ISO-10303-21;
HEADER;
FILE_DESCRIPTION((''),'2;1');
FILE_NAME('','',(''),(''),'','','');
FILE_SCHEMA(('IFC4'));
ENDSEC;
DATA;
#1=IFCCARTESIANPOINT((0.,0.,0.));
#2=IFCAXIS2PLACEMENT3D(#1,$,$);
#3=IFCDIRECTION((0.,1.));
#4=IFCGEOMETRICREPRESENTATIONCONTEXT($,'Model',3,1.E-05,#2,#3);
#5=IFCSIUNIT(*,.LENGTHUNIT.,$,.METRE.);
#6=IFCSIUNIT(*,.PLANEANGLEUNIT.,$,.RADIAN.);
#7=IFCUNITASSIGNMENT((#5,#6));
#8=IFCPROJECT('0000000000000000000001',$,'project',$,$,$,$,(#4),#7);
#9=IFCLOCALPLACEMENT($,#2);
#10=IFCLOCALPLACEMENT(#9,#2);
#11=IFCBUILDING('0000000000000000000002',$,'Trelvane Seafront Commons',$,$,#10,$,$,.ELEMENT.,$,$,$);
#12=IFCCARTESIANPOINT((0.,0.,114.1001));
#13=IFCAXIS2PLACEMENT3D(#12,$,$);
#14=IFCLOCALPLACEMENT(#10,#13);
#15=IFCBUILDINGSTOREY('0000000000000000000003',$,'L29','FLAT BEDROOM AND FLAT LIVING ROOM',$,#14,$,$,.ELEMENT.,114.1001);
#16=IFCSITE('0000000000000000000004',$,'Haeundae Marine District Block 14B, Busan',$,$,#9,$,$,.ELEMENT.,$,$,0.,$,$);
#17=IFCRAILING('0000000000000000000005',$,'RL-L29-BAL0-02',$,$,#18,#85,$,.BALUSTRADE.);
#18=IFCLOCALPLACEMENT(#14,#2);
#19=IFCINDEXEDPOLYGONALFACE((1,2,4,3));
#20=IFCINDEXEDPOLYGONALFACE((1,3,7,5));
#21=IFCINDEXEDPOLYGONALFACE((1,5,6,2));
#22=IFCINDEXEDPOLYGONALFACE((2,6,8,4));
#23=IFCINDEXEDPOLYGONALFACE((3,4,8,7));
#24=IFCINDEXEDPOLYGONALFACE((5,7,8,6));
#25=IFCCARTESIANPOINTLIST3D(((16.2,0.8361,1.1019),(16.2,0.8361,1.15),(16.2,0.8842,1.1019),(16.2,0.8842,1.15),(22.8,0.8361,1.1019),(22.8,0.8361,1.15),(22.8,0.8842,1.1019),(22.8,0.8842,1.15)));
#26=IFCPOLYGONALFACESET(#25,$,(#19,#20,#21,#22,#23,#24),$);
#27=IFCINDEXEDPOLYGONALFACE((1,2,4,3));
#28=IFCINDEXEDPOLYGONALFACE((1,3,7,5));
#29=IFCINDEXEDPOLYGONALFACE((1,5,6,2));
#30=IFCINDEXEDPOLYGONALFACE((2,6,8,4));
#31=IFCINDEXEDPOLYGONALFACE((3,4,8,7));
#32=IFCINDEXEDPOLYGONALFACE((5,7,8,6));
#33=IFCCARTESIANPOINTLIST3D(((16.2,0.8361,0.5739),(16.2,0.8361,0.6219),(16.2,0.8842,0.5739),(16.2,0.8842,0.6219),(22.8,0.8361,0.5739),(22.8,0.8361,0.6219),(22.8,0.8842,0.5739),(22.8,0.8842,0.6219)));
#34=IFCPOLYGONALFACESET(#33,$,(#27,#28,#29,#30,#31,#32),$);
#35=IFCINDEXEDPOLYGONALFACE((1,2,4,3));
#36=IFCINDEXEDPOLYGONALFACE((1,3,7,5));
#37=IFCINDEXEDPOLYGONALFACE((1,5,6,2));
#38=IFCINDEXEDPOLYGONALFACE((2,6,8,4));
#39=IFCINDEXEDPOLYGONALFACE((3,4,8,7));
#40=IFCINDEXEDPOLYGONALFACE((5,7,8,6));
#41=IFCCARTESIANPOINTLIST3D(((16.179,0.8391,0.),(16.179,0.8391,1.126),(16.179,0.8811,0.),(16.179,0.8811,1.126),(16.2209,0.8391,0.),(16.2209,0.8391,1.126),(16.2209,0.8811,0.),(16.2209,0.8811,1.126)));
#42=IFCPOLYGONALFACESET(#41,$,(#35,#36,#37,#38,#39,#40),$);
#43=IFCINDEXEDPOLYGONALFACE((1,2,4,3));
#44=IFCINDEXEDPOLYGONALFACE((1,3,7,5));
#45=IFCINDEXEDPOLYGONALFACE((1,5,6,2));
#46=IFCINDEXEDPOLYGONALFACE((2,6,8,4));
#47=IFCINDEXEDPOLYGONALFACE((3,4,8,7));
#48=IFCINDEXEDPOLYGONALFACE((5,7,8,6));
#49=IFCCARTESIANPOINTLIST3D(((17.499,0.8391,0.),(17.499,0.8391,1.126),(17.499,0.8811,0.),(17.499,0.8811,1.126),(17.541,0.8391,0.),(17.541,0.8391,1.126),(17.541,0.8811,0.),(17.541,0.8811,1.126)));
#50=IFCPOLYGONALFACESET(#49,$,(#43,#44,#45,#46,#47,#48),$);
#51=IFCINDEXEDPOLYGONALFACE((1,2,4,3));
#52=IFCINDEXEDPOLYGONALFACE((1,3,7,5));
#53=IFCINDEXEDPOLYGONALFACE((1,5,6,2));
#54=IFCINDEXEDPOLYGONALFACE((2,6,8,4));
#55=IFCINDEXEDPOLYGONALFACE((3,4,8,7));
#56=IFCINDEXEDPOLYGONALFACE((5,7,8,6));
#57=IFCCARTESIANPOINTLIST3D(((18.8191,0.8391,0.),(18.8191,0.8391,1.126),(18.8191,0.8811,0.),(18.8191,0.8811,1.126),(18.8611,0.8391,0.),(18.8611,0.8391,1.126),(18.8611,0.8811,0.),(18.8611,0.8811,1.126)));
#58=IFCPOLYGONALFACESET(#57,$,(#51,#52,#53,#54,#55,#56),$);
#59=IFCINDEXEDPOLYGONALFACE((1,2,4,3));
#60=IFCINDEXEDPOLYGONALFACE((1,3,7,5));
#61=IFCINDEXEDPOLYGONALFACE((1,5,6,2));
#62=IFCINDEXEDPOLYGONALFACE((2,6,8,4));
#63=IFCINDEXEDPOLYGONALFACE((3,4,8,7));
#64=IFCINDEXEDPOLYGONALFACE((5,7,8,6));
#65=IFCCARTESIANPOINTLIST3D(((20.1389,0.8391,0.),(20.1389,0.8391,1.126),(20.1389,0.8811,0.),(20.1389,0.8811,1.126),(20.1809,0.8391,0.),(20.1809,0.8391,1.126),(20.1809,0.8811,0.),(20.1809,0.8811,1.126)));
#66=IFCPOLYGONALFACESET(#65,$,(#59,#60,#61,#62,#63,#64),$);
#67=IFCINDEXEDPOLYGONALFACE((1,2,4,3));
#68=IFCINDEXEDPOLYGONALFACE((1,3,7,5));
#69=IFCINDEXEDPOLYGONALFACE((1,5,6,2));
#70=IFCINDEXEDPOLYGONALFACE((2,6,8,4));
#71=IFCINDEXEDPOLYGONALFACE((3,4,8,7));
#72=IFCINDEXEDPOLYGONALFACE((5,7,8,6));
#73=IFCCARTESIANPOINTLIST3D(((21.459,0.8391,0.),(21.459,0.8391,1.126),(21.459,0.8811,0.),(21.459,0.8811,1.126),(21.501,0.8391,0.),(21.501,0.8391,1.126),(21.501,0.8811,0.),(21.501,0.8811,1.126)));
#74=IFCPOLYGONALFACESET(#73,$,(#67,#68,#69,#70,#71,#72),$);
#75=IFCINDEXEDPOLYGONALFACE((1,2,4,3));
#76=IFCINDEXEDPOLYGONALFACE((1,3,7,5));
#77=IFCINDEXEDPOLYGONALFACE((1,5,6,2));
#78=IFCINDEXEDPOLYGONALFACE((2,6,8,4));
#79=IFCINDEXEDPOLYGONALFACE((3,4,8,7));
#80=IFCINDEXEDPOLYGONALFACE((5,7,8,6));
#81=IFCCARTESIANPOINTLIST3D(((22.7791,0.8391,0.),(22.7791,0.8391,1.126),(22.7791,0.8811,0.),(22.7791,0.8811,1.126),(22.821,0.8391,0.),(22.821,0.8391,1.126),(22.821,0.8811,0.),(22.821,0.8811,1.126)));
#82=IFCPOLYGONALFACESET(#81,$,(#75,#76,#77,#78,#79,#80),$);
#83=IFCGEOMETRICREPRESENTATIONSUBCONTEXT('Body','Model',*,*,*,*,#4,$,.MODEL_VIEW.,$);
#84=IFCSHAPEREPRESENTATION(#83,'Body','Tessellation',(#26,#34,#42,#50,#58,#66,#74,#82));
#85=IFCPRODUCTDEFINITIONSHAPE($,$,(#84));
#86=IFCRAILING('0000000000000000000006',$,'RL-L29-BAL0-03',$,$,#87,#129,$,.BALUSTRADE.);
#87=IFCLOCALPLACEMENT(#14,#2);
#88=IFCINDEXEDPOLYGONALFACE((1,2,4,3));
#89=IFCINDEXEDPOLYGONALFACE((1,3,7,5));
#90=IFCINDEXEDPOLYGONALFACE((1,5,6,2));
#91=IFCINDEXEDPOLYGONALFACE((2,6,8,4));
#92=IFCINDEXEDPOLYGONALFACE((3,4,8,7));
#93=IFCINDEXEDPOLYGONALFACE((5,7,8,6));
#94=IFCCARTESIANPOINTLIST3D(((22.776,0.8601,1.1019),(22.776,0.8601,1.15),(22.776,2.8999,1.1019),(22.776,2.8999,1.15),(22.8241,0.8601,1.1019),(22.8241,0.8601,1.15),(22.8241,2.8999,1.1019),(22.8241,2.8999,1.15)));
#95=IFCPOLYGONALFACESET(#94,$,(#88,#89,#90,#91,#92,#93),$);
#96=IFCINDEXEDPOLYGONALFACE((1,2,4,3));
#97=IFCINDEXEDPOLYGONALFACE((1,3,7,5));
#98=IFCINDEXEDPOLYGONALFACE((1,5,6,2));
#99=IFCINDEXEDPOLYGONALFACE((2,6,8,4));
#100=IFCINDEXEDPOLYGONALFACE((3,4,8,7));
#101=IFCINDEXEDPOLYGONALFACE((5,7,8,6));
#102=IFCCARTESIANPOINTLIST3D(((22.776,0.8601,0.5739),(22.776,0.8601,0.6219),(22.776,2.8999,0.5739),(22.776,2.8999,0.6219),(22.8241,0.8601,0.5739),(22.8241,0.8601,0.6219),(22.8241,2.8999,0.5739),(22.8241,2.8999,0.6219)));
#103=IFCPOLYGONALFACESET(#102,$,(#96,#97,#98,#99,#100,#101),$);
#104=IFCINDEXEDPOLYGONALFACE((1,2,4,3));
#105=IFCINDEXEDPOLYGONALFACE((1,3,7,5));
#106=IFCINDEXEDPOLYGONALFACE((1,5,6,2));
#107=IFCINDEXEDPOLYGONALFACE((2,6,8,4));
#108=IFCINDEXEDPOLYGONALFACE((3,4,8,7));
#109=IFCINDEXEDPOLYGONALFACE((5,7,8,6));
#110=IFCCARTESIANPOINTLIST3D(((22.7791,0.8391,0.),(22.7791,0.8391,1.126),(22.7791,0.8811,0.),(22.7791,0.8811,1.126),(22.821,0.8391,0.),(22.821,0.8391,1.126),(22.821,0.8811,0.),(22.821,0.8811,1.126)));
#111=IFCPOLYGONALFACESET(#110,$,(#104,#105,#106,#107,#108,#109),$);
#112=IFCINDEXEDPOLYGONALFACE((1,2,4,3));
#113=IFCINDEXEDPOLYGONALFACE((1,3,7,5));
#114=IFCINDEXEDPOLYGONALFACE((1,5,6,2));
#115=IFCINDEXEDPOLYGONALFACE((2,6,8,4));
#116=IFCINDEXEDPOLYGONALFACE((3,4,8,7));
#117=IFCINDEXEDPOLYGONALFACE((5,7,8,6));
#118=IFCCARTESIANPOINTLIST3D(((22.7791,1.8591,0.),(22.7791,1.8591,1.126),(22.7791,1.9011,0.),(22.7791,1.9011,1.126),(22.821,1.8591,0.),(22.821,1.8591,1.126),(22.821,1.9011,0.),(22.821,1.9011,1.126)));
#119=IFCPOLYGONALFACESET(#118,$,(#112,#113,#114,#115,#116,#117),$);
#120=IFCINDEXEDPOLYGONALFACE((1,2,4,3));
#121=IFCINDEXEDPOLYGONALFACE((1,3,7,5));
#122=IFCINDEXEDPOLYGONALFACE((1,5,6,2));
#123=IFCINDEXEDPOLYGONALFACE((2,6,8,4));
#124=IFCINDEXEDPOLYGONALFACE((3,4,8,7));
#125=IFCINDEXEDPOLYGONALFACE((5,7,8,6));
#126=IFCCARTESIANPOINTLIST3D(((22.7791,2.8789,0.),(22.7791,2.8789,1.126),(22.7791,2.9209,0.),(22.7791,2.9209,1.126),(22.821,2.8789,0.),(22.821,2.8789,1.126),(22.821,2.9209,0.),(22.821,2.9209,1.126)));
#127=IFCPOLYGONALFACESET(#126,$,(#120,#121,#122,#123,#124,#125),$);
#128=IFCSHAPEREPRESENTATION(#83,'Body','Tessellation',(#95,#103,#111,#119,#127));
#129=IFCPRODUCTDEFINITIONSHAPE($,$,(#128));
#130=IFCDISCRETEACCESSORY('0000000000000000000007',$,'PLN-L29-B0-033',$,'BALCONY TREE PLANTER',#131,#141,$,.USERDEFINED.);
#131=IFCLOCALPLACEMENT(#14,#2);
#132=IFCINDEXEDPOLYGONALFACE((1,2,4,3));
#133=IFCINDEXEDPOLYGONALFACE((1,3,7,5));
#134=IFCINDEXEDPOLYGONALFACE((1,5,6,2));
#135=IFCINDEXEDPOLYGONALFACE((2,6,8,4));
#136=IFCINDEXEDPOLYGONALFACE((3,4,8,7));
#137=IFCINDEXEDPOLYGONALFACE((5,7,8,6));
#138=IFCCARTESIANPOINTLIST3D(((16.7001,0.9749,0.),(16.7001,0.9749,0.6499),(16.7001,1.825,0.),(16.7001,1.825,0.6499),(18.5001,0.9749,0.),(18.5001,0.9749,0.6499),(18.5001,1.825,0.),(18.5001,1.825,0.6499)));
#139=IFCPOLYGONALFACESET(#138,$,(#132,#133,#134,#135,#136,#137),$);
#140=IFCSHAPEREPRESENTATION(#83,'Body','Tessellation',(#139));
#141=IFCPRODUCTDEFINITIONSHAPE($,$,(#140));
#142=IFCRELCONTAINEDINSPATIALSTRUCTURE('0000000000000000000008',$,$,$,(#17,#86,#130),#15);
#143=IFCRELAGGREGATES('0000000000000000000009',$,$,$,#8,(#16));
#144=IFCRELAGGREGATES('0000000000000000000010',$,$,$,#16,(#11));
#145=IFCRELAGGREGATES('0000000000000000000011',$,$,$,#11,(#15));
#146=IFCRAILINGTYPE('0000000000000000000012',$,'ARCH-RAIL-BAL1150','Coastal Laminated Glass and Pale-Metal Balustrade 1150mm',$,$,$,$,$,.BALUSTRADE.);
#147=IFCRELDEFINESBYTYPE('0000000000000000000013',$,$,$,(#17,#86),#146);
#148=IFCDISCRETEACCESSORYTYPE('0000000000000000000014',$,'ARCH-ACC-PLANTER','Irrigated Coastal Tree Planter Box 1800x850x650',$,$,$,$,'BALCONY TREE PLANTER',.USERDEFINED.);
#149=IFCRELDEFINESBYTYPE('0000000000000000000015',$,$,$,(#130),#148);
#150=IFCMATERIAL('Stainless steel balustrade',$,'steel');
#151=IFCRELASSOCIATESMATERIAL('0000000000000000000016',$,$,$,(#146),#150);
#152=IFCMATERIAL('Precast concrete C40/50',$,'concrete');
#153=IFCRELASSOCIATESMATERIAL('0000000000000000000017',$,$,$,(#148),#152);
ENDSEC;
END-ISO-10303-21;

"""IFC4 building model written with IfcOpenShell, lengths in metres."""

from ifc_helpers import new_model, si_unit, direction, frame, origin, origin_2d, place, context, subcontext, project, spatial, rectangle, extrude, source, transform, mapped, material, type_object, element, save


model = new_model("IFC4")

# Units and contexts
model_context = context("Model", 3, precision=1e-05, world=origin(), true_north=direction((0.0, 1.0)))
body_context = subcontext(model_context, "Body", "Model", "MODEL_VIEW")
ifc_project = project(units=[si_unit("LENGTHUNIT", "METRE"), si_unit("PLANEANGLEUNIT", "RADIAN")], contexts=[model_context])

# Site, building, storey
site_placement = place(None, origin())
site = spatial("IfcSite", under=ifc_project, at=site_placement, Name="Haeundae Marine District Block 14B, Busan", CompositionType="ELEMENT", RefElevation=0.0)
building_placement = place(site_placement, origin())
building = spatial("IfcBuilding", under=site, at=building_placement, Name="Trelvane Seafront Commons", CompositionType="ELEMENT")
storey_placement = place(building_placement, frame((0.0, 0.0, 114.1001)))
storey = spatial("IfcBuildingStorey", under=building, at=storey_placement, Name="L29", Description="FLAT BEDROOM AND FLAT LIVING ROOM", CompositionType="ELEMENT", Elevation=114.1001)

# Railings
ifc_material_1 = material(Name="Stainless steel balustrade", Category="steel")
railing_type = type_object("IfcRailingType", Name="ARCH-RAIL-BAL1150", Description="Coastal Laminated Glass and Pale-Metal Balustrade 1150mm", PredefinedType="BALUSTRADE", material=ifc_material_1)
railing_1_placement = place(storey_placement, frame((16.2, 0.8601, 0.0)))
element("IfcRailing", 1, at=railing_1_placement, inside=storey, type_object=railing_type, Name="RL-L29-BAL0-02", PredefinedType="BALUSTRADE", context=body_context, shape_type="SweptSolid", body=[
    extrude(rectangle(XDim=0.0481, YDim=0.0481, at=origin_2d()), frame((0.0, 0.0, 1.126), z_axis=(1.0, 0.0, 0.0), x_axis=(0.0, 1.0, 0.0)), (0.0, 0.0, 1.0), 6.6001),
    extrude(rectangle(XDim=0.0481, YDim=0.0481, at=origin_2d()), frame((0.0, 0.0, 0.5979), z_axis=(1.0, 0.0, 0.0), x_axis=(0.0, 1.0, 0.0)), (0.0, 0.0, 1.0), 6.6001),
    extrude(rectangle(XDim=0.042, YDim=0.042, at=origin_2d()), origin(), (0.0, 0.0, 1.0), 1.126),
    extrude(rectangle(XDim=0.042, YDim=0.042, at=origin_2d()), frame((1.3201, 0.0, 0.0)), (0.0, 0.0, 1.0), 1.126),
    extrude(rectangle(XDim=0.042, YDim=0.042, at=origin_2d()), frame((2.6401, 0.0, 0.0)), (0.0, 0.0, 1.0), 1.126),
    extrude(rectangle(XDim=0.042, YDim=0.042, at=origin_2d()), frame((3.96, 0.0, 0.0)), (0.0, 0.0, 1.0), 1.126),
    extrude(rectangle(XDim=0.042, YDim=0.042, at=origin_2d()), frame((5.28, 0.0, 0.0)), (0.0, 0.0, 1.0), 1.126),
    extrude(rectangle(XDim=0.042, YDim=0.042, at=origin_2d()), frame((6.6001, 0.0, 0.0)), (0.0, 0.0, 1.0), 1.126),
])
railing_2_placement = place(storey_placement, frame((22.8, 0.8601, 0.0)))
element("IfcRailing", 2, at=railing_2_placement, inside=storey, type_object=railing_type, Name="RL-L29-BAL0-03", PredefinedType="BALUSTRADE", context=body_context, shape_type="SweptSolid", body=[
    extrude(rectangle(XDim=0.0481, YDim=0.0481, at=origin_2d()), frame((0.0, 0.0, 1.126), z_axis=(0.0, 1.0, 0.0), x_axis=(-1.0, 0.0, 0.0)), (0.0, 0.0, 1.0), 2.0398),
    extrude(rectangle(XDim=0.0481, YDim=0.0481, at=origin_2d()), frame((0.0, 0.0, 0.5979), z_axis=(0.0, 1.0, 0.0), x_axis=(-1.0, 0.0, 0.0)), (0.0, 0.0, 1.0), 2.0398),
    extrude(rectangle(XDim=0.042, YDim=0.042, at=origin_2d()), origin(), (0.0, 0.0, 1.0), 1.126),
    extrude(rectangle(XDim=0.042, YDim=0.042, at=origin_2d()), frame((0.0, 1.02, 0.0)), (0.0, 0.0, 1.0), 1.126),
    extrude(rectangle(XDim=0.042, YDim=0.042, at=origin_2d()), frame((0.0, 2.0398, 0.0)), (0.0, 0.0, 1.0), 1.126),
])

# Discrete accessory
ifc_material_2 = material(Name="Precast concrete C40/50", Category="concrete")
discrete_accessory_type = type_object("IfcDiscreteAccessoryType", Name="ARCH-ACC-PLANTER", Description="Irrigated Coastal Tree Planter Box 1800x850x650", ElementType="BALCONY TREE PLANTER", PredefinedType="USERDEFINED", material=ifc_material_2)
shared_shape_1 = source(origin(), body_context, "Body", "SweptSolid", [
    extrude(rectangle(XDim=1.8, YDim=0.8501, at=origin_2d()), origin(), (0.0, 0.0, 1.0), 0.6499),
])
discrete_accessory_placement = place(storey_placement, frame((17.6001, 1.3999, 0.0), z_axis=(0.0, 0.0, 1.0), x_axis=(1.0, 0.0, 0.0)))
element("IfcDiscreteAccessory", 3, at=discrete_accessory_placement, inside=storey, type_object=discrete_accessory_type, Name="PLN-L29-B0-033", ObjectType="BALCONY TREE PLANTER", PredefinedType="USERDEFINED", context=body_context, shape_type="MappedRepresentation", body=[
    mapped(shared_shape_1, transform((0.0, 0.0, 0.0), x_axis=(1.0, 0.0, 0.0), y_axis=(0.0, 1.0, 0.0), z_axis=(0.0, 0.0, 1.0), scale=1.0)),
])

save(model, "model.ifc")
